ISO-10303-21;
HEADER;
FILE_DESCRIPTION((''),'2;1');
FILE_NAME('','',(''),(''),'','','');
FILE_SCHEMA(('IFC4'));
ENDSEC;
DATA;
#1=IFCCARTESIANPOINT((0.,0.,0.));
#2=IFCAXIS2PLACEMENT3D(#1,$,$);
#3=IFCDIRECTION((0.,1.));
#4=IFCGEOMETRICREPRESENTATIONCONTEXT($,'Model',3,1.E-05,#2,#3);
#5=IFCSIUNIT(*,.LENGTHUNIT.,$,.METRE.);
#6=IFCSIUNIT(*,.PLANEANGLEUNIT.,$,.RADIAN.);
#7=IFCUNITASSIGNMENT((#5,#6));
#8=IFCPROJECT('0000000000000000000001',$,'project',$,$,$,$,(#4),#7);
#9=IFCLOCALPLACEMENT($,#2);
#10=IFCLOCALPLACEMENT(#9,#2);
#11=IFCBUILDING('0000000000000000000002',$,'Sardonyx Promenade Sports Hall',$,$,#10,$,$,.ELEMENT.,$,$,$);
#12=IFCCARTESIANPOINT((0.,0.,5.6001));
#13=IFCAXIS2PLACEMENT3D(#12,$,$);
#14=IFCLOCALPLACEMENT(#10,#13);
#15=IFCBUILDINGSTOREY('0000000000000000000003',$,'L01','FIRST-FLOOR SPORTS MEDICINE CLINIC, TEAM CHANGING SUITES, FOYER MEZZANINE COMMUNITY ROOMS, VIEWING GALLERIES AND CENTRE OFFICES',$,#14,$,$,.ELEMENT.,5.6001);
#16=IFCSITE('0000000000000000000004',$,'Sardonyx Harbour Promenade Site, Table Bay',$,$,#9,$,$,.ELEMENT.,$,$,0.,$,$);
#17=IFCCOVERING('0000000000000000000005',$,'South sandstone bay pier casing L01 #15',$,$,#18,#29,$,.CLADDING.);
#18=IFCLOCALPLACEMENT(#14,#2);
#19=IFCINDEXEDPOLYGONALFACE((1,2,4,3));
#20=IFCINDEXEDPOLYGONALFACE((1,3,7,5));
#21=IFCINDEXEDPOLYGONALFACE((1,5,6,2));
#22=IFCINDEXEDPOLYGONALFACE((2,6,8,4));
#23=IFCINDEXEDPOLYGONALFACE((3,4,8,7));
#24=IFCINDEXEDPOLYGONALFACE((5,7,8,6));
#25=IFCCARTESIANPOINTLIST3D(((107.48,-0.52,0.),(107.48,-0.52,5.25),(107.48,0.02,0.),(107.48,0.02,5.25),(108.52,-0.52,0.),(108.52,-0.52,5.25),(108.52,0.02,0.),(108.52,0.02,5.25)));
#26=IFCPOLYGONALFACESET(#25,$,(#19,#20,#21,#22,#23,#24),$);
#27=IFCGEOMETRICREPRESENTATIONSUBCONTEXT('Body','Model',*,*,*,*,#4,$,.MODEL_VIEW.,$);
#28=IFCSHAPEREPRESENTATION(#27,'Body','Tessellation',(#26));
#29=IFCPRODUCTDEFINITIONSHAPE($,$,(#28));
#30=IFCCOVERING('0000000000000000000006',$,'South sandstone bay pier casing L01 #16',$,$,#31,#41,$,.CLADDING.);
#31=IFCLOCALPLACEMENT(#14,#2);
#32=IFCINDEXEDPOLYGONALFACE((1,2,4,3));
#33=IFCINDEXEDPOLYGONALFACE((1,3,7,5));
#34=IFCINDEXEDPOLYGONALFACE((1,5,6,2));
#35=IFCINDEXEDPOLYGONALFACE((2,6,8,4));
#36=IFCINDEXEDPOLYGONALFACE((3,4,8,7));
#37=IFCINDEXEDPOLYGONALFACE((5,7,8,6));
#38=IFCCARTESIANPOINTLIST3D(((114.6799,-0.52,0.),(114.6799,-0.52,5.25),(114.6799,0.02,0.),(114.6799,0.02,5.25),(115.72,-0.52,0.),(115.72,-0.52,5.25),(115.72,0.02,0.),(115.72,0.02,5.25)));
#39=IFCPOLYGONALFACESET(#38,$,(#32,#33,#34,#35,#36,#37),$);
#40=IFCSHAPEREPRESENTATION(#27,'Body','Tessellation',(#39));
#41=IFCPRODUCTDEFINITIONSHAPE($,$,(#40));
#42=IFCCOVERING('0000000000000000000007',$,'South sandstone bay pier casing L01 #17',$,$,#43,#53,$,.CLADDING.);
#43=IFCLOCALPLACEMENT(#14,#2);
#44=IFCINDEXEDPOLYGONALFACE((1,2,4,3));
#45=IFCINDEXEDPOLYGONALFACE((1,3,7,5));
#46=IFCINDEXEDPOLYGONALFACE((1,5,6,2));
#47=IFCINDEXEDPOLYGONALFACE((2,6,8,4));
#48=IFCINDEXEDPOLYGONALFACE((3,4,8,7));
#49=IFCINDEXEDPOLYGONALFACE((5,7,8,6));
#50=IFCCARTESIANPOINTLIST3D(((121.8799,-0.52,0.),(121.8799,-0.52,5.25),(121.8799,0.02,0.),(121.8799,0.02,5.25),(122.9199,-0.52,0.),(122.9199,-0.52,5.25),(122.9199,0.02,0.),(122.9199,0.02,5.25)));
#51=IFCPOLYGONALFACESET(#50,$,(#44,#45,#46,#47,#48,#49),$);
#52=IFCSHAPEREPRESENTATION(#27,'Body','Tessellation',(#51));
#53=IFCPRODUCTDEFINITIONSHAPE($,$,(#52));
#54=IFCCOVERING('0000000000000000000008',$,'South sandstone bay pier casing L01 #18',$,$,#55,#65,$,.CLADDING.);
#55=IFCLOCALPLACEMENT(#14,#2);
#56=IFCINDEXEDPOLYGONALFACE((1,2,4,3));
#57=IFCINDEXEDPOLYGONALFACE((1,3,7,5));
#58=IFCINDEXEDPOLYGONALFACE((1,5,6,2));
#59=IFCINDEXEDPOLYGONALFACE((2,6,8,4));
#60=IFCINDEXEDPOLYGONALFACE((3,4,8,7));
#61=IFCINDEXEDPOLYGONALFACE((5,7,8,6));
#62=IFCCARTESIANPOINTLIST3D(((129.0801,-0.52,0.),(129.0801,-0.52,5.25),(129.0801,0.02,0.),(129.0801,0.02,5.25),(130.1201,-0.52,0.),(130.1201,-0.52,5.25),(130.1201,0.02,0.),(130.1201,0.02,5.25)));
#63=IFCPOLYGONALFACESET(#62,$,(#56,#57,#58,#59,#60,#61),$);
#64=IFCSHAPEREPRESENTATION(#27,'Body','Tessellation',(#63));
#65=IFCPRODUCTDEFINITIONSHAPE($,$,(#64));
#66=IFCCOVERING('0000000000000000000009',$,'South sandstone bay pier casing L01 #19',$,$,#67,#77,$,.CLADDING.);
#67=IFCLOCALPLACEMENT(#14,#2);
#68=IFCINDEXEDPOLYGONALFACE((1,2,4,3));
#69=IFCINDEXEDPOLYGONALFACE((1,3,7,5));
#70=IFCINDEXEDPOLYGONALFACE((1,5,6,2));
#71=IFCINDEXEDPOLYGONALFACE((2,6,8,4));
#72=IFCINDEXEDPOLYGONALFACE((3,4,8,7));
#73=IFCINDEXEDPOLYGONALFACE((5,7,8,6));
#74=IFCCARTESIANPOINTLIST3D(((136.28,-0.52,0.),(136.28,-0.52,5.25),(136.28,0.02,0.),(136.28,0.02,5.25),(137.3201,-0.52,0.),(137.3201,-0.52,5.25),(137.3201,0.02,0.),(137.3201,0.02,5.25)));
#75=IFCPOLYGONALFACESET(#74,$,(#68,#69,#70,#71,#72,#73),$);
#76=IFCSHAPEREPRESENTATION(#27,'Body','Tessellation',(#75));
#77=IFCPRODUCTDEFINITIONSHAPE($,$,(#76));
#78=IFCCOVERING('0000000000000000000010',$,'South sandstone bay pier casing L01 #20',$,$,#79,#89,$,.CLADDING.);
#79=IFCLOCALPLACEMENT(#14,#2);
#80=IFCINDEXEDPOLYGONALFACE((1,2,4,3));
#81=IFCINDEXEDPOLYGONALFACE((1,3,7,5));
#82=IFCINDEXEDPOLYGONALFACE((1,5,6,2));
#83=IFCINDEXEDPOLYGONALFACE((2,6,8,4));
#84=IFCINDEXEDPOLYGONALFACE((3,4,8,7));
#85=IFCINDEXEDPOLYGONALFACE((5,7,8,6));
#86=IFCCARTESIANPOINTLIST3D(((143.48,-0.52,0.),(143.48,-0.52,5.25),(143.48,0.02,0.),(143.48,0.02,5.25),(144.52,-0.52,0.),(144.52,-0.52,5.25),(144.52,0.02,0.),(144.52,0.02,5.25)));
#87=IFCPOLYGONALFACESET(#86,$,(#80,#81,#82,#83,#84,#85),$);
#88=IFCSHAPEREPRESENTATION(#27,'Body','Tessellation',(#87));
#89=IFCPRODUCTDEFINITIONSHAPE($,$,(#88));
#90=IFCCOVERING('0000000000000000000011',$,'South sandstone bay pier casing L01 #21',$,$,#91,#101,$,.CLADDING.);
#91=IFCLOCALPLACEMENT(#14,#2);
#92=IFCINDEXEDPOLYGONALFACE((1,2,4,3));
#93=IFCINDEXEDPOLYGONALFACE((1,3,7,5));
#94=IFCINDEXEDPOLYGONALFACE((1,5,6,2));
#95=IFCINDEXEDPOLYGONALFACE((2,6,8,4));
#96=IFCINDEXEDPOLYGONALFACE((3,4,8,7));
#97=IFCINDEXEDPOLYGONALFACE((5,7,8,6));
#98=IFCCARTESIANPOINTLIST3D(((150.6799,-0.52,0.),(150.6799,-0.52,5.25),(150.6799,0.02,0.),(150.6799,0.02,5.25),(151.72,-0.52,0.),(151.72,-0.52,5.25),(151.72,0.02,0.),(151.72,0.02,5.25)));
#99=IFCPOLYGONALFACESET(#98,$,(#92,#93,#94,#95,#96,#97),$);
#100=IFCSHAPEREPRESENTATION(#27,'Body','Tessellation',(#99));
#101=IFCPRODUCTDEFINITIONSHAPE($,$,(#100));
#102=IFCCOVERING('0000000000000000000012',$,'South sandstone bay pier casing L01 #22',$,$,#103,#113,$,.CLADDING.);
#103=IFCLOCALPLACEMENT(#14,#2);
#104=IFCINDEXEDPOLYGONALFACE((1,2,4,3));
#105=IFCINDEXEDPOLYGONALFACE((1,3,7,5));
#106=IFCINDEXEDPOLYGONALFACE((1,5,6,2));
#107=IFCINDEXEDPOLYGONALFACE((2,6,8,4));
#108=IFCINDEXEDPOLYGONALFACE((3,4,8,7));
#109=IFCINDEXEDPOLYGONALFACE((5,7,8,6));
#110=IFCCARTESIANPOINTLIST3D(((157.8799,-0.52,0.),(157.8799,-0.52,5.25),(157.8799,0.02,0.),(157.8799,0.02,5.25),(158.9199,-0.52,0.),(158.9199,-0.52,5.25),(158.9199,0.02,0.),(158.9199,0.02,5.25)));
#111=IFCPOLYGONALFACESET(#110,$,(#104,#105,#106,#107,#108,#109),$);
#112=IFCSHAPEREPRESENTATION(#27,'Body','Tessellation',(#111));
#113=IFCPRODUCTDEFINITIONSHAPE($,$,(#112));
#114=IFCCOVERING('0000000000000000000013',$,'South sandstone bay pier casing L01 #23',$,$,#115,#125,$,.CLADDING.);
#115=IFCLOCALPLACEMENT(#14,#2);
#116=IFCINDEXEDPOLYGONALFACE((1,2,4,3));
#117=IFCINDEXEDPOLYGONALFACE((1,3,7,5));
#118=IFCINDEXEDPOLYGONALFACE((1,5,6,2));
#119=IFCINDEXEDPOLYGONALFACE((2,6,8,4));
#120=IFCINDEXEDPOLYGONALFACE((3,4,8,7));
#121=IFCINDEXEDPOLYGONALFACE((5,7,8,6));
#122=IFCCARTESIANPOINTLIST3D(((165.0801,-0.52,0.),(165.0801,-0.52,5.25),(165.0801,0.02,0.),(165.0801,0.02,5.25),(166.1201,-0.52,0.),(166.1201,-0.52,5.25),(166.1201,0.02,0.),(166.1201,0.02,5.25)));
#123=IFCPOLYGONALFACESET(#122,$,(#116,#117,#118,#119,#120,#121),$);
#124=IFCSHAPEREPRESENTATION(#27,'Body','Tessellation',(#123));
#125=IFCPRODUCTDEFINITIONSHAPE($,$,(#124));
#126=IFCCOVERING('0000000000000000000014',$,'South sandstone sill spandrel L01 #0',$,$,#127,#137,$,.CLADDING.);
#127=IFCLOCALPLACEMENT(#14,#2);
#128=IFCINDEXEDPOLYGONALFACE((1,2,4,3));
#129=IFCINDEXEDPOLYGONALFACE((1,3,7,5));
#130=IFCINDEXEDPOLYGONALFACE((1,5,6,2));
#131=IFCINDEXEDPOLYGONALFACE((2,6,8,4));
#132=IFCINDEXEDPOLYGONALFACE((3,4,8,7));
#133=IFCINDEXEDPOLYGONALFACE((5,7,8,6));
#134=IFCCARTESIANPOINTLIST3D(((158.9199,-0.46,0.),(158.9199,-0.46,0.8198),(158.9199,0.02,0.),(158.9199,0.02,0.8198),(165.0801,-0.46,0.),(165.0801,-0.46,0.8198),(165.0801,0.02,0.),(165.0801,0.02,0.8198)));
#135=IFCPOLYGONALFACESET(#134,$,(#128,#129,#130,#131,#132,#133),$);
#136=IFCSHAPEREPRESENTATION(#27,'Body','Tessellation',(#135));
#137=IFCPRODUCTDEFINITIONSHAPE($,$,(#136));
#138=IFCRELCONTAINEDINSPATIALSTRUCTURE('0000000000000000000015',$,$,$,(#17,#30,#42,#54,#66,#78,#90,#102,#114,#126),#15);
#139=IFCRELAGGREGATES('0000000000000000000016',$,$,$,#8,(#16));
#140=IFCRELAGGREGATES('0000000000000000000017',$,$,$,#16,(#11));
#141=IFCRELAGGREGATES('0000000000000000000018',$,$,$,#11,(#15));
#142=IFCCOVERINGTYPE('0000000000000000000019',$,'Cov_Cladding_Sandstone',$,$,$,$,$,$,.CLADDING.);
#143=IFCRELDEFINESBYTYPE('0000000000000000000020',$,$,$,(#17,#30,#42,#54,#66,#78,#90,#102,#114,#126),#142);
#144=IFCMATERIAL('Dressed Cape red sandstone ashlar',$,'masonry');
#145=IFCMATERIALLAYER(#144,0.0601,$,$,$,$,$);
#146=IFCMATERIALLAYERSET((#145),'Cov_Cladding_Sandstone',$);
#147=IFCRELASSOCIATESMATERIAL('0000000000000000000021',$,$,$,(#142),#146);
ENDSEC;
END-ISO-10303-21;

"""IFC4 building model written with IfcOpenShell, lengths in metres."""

from ifc_helpers import new_model, si_unit, direction, frame, origin, place, context, subcontext, project, spatial, polyline, outline, extrude, material, layer, layer_set, type_object, element, save


model = new_model("IFC4")

# Units and contexts
model_context = context("Model", 3, precision=1e-05, world=origin(), true_north=direction((0.0, 1.0)))
body_context = subcontext(model_context, "Body", "Model", "MODEL_VIEW")
ifc_project = project(units=[si_unit("LENGTHUNIT", "METRE"), si_unit("PLANEANGLEUNIT", "RADIAN")], contexts=[model_context])

# Site, building, storey
site_placement = place(None, origin())
site = spatial("IfcSite", under=ifc_project, at=site_placement, Name="Sardonyx Harbour Promenade Site, Table Bay", CompositionType="ELEMENT", RefElevation=0.0)
building_placement = place(site_placement, origin())
building = spatial("IfcBuilding", under=site, at=building_placement, Name="Sardonyx Promenade Sports Hall", CompositionType="ELEMENT")
storey_placement = place(building_placement, frame((0.0, 0.0, 5.6001)))
storey = spatial("IfcBuildingStorey", under=building, at=storey_placement, Name="L01", Description="FIRST-FLOOR SPORTS MEDICINE CLINIC, TEAM CHANGING SUITES, FOYER MEZZANINE COMMUNITY ROOMS, VIEWING GALLERIES AND CENTRE OFFICES", CompositionType="ELEMENT", Elevation=5.6001)

# Coverings
ifc_material = material(Name="Dressed Cape red sandstone ashlar", Category="masonry")
ifc_layer = layer(ifc_material, 0.0601)
ifc_layer_set = layer_set([ifc_layer], Name="Cov_Cladding_Sandstone")
covering_type = type_object("IfcCoveringType", Name="Cov_Cladding_Sandstone", PredefinedType="CLADDING", material=ifc_layer_set)
covering_1_placement = place(storey_placement, origin())
element("IfcCovering", 1, at=covering_1_placement, inside=storey, type_object=covering_type, Name="South sandstone bay pier casing L01 #15", PredefinedType="CLADDING", context=body_context, shape_type="SweptSolid", body=[
    extrude(outline(polyline([(107.48, -0.52), (108.52, -0.52), (108.52, 0.02), (107.48, 0.02), (107.48, -0.52)])), origin(), (0.0, 0.0, 1.0), 5.25),
])
covering_2_placement = place(storey_placement, origin())
element("IfcCovering", 2, at=covering_2_placement, inside=storey, type_object=covering_type, Name="South sandstone bay pier casing L01 #16", PredefinedType="CLADDING", context=body_context, shape_type="SweptSolid", body=[
    extrude(outline(polyline([(114.6799, -0.52), (115.72, -0.52), (115.72, 0.02), (114.6799, 0.02), (114.6799, -0.52)])), origin(), (0.0, 0.0, 1.0), 5.25),
])
covering_3_placement = place(storey_placement, origin())
element("IfcCovering", 3, at=covering_3_placement, inside=storey, type_object=covering_type, Name="South sandstone bay pier casing L01 #17", PredefinedType="CLADDING", context=body_context, shape_type="SweptSolid", body=[
    extrude(outline(polyline([(121.8799, -0.52), (122.9199, -0.52), (122.9199, 0.02), (121.8799, 0.02), (121.8799, -0.52)])), origin(), (0.0, 0.0, 1.0), 5.25),
])
covering_4_placement = place(storey_placement, origin())
element("IfcCovering", 4, at=covering_4_placement, inside=storey, type_object=covering_type, Name="South sandstone bay pier casing L01 #18", PredefinedType="CLADDING", context=body_context, shape_type="SweptSolid", body=[
    extrude(outline(polyline([(129.0801, -0.52), (130.1201, -0.52), (130.1201, 0.02), (129.0801, 0.02), (129.0801, -0.52)])), origin(), (0.0, 0.0, 1.0), 5.25),
])
covering_5_placement = place(storey_placement, origin())
element("IfcCovering", 5, at=covering_5_placement, inside=storey, type_object=covering_type, Name="South sandstone bay pier casing L01 #19", PredefinedType="CLADDING", context=body_context, shape_type="SweptSolid", body=[
    extrude(outline(polyline([(136.28, -0.52), (137.3201, -0.52), (137.3201, 0.02), (136.28, 0.02), (136.28, -0.52)])), origin(), (0.0, 0.0, 1.0), 5.25),
])
covering_6_placement = place(storey_placement, origin())
element("IfcCovering", 6, at=covering_6_placement, inside=storey, type_object=covering_type, Name="South sandstone bay pier casing L01 #20", PredefinedType="CLADDING", context=body_context, shape_type="SweptSolid", body=[
    extrude(outline(polyline([(143.48, -0.52), (144.52, -0.52), (144.52, 0.02), (143.48, 0.02), (143.48, -0.52)])), origin(), (0.0, 0.0, 1.0), 5.25),
])
covering_7_placement = place(storey_placement, origin())
element("IfcCovering", 7, at=covering_7_placement, inside=storey, type_object=covering_type, Name="South sandstone bay pier casing L01 #21", PredefinedType="CLADDING", context=body_context, shape_type="SweptSolid", body=[
    extrude(outline(polyline([(150.6799, -0.52), (151.72, -0.52), (151.72, 0.02), (150.6799, 0.02), (150.6799, -0.52)])), origin(), (0.0, 0.0, 1.0), 5.25),
])
covering_8_placement = place(storey_placement, origin())
element("IfcCovering", 8, at=covering_8_placement, inside=storey, type_object=covering_type, Name="South sandstone bay pier casing L01 #22", PredefinedType="CLADDING", context=body_context, shape_type="SweptSolid", body=[
    extrude(outline(polyline([(157.8799, -0.52), (158.9199, -0.52), (158.9199, 0.02), (157.8799, 0.02), (157.8799, -0.52)])), origin(), (0.0, 0.0, 1.0), 5.25),
])
covering_9_placement = place(storey_placement, origin())
element("IfcCovering", 9, at=covering_9_placement, inside=storey, type_object=covering_type, Name="South sandstone bay pier casing L01 #23", PredefinedType="CLADDING", context=body_context, shape_type="SweptSolid", body=[
    extrude(outline(polyline([(165.0801, -0.52), (166.1201, -0.52), (166.1201, 0.02), (165.0801, 0.02), (165.0801, -0.52)])), origin(), (0.0, 0.0, 1.0), 5.25),
])
covering_10_placement = place(storey_placement, origin())
element("IfcCovering", 10, at=covering_10_placement, inside=storey, type_object=covering_type, Name="South sandstone sill spandrel L01 #0", PredefinedType="CLADDING", context=body_context, shape_type="SweptSolid", body=[
    extrude(outline(polyline([(158.9199, -0.46), (165.0801, -0.46), (165.0801, 0.02), (158.9199, 0.02), (158.9199, -0.46)])), origin(), (0.0, 0.0, 1.0), 0.8198),
])

save(model, "model.ifc")
